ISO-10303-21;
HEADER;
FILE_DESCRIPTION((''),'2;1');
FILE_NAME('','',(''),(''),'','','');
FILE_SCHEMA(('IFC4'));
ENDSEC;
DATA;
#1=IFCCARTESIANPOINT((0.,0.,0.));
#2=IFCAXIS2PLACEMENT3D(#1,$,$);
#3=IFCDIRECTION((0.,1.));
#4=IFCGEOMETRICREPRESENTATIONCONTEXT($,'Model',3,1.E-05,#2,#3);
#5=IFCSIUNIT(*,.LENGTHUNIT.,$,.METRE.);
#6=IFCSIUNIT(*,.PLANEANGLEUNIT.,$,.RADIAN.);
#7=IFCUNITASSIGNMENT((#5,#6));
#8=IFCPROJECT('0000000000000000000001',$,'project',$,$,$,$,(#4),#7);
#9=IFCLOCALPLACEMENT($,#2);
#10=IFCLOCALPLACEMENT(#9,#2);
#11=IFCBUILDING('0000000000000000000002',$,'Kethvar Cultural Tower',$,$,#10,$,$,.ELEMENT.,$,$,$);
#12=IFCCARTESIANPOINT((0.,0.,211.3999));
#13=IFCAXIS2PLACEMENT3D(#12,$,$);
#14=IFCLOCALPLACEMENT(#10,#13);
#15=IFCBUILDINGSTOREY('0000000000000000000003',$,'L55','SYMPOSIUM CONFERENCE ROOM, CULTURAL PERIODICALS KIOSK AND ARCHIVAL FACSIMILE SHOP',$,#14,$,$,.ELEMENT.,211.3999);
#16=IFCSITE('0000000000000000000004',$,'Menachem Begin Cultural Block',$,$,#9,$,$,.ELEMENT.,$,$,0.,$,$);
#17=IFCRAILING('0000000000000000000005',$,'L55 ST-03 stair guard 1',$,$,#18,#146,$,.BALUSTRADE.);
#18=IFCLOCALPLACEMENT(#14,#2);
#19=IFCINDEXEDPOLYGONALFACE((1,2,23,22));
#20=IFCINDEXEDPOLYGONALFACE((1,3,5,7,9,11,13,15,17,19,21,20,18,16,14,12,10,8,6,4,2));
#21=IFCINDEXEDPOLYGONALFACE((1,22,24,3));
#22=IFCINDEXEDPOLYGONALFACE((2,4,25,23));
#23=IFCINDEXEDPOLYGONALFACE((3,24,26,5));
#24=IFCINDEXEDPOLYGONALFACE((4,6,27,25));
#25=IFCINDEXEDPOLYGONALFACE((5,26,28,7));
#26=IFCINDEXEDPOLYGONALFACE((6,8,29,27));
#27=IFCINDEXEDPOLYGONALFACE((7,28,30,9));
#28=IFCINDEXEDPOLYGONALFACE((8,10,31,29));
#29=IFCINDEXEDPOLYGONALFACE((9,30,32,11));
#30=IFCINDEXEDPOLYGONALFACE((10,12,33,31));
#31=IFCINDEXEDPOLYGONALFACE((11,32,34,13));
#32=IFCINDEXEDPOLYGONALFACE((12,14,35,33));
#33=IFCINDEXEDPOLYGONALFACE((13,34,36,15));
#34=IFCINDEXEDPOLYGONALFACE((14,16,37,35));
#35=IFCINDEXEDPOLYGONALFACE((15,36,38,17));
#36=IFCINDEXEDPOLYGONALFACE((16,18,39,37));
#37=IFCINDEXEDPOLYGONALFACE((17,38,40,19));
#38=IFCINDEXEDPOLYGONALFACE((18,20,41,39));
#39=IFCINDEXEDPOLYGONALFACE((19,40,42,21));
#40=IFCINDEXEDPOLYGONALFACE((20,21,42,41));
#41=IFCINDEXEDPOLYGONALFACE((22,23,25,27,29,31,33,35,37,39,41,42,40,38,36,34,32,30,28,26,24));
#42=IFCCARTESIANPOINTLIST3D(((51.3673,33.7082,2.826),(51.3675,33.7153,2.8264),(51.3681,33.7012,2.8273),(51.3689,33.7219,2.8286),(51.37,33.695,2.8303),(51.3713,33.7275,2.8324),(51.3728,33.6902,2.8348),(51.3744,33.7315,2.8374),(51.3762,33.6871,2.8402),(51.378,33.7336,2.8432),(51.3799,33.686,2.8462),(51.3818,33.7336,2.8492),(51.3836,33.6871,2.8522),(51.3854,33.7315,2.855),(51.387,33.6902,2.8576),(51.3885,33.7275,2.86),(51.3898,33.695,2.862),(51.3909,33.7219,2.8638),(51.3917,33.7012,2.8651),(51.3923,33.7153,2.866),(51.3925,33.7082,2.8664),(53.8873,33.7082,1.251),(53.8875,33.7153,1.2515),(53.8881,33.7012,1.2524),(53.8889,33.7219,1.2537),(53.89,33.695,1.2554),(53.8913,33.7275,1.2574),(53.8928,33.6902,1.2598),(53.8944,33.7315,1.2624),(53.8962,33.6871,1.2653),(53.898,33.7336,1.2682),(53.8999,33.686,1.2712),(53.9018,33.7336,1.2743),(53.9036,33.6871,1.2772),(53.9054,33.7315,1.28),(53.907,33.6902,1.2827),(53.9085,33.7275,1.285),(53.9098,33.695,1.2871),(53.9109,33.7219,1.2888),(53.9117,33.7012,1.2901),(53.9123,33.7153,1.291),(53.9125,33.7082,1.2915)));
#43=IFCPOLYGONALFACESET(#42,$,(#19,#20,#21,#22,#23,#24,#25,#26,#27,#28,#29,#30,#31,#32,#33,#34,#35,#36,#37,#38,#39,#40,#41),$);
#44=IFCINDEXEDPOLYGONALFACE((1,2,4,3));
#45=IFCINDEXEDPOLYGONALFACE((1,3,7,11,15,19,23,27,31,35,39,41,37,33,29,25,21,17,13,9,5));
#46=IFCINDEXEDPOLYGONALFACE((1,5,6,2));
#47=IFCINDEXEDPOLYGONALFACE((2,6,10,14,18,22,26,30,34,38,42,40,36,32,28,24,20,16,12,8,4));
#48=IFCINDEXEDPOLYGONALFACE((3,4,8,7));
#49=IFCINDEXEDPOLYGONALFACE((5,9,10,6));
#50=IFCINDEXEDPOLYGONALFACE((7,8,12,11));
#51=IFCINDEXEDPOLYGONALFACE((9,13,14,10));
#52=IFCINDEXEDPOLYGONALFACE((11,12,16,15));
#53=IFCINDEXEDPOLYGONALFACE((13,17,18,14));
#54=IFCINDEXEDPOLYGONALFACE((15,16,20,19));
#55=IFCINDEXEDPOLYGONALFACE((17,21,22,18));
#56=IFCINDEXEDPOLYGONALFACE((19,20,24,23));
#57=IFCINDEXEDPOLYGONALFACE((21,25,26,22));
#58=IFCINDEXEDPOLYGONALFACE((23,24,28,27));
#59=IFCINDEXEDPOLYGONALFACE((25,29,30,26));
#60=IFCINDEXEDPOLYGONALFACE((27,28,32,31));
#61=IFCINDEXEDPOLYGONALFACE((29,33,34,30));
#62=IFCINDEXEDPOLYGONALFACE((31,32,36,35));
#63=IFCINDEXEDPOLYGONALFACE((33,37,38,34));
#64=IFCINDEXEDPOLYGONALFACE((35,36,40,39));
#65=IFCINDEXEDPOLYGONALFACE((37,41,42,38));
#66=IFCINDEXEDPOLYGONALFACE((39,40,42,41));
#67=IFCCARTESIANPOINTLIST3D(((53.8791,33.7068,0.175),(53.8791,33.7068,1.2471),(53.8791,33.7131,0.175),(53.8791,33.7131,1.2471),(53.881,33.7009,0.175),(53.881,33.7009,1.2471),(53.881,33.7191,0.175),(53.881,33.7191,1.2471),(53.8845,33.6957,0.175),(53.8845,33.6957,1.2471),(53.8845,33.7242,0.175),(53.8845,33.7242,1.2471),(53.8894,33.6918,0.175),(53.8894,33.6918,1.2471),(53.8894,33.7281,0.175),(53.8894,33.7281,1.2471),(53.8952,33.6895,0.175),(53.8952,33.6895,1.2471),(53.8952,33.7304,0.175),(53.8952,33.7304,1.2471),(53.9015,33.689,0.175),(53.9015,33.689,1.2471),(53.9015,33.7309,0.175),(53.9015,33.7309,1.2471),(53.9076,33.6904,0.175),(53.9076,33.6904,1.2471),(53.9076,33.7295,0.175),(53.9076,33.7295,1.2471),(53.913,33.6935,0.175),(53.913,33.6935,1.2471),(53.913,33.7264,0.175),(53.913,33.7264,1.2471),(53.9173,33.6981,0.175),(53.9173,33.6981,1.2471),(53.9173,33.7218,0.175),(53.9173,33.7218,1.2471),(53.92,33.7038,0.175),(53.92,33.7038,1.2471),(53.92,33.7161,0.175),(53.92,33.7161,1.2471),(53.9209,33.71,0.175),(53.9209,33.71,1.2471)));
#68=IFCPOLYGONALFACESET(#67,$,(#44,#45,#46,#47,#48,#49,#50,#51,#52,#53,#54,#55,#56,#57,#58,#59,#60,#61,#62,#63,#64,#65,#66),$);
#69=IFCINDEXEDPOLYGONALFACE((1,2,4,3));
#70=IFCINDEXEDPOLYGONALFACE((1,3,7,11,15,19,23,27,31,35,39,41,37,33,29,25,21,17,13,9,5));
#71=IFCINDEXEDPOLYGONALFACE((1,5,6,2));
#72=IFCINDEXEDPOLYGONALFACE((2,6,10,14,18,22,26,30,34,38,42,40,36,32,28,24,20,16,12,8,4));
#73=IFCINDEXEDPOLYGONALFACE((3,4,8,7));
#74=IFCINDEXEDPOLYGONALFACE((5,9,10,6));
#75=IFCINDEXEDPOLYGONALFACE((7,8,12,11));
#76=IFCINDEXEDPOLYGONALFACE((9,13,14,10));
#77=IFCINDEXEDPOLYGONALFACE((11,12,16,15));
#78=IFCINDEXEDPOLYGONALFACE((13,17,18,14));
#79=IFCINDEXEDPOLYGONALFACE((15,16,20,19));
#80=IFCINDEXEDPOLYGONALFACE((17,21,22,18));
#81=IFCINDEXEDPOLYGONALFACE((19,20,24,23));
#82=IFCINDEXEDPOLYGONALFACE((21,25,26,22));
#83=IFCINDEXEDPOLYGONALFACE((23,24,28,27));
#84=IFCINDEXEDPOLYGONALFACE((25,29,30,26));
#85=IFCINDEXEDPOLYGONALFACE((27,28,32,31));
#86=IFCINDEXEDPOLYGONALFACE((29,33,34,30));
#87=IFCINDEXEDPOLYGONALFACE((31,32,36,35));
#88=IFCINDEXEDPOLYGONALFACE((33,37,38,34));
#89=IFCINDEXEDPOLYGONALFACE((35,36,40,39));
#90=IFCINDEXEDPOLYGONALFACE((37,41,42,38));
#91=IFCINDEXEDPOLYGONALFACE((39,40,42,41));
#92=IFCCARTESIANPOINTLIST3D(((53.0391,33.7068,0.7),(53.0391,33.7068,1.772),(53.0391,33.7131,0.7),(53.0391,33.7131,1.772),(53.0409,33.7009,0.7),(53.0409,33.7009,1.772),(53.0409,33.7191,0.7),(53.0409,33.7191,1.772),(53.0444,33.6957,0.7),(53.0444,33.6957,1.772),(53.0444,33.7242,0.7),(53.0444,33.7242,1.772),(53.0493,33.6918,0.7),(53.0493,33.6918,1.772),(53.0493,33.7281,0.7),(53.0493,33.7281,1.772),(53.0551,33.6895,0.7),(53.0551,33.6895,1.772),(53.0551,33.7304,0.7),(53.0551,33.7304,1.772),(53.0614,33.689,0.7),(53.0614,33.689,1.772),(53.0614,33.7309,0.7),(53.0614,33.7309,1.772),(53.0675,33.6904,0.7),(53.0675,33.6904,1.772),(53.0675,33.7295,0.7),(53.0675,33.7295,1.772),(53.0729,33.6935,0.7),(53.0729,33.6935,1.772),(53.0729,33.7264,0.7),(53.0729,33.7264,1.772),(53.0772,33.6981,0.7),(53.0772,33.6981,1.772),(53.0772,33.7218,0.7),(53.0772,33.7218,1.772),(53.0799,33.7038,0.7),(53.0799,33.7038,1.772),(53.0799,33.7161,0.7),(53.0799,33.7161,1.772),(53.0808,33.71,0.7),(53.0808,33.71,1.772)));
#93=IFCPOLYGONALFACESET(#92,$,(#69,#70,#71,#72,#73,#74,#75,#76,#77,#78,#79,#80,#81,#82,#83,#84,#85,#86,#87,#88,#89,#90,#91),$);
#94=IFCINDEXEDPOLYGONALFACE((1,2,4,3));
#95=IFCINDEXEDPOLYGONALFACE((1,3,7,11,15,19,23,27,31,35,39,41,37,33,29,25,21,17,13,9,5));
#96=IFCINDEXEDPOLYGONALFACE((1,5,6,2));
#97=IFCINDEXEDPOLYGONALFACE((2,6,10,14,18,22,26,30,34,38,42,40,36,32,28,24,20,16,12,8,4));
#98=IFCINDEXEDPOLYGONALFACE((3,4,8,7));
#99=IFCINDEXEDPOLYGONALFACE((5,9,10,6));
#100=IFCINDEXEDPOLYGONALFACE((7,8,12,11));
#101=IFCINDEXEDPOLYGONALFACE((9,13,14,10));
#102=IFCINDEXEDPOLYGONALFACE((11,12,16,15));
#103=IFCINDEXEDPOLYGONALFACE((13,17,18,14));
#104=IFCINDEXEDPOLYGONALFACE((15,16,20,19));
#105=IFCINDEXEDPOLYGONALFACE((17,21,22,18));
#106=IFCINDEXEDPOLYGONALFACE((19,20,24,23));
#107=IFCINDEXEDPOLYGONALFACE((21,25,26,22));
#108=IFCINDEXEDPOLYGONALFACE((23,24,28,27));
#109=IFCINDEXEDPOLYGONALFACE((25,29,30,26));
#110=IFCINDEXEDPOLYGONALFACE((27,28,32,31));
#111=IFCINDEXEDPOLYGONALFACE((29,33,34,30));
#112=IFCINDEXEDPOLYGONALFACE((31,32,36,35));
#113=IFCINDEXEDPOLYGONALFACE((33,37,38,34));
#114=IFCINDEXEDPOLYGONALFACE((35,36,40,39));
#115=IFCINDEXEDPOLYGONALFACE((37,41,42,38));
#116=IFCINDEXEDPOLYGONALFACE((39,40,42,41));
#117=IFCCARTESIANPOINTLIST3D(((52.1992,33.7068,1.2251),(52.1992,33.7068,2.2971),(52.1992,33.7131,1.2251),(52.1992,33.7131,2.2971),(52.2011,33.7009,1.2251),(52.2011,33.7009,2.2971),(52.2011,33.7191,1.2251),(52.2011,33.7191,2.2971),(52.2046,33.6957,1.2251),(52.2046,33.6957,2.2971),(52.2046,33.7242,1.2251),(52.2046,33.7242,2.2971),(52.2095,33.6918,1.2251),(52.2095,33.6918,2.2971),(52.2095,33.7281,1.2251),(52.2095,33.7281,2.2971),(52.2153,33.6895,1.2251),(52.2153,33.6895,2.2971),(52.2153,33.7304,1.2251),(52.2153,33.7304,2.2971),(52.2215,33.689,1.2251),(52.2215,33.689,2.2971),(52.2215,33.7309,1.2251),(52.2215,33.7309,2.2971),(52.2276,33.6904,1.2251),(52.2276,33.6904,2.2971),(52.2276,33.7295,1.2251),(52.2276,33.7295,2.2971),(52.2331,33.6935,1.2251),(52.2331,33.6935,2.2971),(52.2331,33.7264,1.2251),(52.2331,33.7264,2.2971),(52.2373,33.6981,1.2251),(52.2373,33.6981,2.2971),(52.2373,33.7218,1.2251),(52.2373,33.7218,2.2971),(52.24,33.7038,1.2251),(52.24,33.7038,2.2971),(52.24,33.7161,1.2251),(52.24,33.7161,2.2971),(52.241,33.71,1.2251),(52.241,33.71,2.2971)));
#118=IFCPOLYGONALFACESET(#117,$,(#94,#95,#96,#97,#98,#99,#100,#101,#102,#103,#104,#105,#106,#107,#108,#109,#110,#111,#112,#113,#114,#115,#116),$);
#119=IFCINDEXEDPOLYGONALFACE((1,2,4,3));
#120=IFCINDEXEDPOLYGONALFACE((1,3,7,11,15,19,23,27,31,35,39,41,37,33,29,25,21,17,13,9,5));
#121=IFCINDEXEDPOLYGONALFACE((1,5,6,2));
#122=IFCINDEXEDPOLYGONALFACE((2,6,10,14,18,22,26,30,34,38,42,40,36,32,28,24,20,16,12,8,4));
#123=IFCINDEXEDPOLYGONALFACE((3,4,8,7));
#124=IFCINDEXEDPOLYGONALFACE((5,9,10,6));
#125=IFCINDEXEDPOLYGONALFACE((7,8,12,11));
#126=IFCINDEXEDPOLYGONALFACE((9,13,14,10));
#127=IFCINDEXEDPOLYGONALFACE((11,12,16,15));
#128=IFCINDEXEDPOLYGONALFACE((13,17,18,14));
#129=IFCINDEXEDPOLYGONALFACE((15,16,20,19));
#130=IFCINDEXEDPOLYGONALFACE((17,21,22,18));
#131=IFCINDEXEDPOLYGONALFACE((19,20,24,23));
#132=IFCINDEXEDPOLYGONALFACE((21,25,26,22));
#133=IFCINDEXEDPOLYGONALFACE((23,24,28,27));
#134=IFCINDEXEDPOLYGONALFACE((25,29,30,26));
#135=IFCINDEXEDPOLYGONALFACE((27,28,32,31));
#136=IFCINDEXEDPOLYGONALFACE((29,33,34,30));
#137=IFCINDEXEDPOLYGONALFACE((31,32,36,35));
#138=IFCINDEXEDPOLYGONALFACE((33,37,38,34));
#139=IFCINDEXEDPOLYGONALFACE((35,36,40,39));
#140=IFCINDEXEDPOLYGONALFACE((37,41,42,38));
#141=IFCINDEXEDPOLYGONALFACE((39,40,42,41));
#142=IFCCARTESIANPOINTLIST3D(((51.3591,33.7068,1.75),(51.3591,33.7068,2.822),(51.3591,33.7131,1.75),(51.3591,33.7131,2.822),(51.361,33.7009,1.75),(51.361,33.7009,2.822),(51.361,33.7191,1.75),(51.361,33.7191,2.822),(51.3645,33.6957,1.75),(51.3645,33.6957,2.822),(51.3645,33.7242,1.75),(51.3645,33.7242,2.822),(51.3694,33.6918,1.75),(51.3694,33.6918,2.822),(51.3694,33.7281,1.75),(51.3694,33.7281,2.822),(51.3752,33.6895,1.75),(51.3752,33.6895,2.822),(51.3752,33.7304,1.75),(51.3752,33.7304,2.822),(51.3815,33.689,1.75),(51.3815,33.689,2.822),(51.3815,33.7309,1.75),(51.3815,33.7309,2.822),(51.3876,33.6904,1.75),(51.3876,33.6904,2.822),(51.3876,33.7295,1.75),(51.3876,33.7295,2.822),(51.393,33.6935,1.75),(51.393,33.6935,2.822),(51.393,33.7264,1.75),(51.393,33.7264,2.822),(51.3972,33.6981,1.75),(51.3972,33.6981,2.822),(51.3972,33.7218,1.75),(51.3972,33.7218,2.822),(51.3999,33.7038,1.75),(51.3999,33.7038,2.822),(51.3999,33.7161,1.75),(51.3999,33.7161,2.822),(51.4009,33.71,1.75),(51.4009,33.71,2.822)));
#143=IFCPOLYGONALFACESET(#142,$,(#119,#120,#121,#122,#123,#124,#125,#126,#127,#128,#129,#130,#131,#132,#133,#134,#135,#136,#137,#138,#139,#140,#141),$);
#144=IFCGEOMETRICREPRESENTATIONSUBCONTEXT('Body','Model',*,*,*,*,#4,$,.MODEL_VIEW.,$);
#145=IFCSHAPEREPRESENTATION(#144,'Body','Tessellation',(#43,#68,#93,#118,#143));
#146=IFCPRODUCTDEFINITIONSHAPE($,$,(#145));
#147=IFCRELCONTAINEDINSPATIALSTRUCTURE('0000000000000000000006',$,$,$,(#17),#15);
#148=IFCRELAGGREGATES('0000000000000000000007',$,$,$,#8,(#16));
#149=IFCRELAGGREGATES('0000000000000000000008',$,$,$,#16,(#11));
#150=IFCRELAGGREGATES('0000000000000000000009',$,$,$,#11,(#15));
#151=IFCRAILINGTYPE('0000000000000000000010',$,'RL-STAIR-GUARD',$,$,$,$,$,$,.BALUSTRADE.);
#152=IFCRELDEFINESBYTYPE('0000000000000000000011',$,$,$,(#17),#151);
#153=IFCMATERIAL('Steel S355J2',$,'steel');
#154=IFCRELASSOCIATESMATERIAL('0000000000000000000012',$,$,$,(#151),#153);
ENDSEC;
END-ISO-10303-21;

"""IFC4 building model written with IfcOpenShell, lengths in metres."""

from ifc_helpers import new_model, si_unit, direction, frame, origin, origin_2d, place, context, subcontext, project, spatial, circle, extrude, material, type_object, element, save


model = new_model("IFC4")

# Units and contexts
model_context = context("Model", 3, precision=1e-05, world=origin(), true_north=direction((0.0, 1.0)))
body_context = subcontext(model_context, "Body", "Model", "MODEL_VIEW")
ifc_project = project(units=[si_unit("LENGTHUNIT", "METRE"), si_unit("PLANEANGLEUNIT", "RADIAN")], contexts=[model_context])

# Site, building, storey
site_placement = place(None, origin())
site = spatial("IfcSite", under=ifc_project, at=site_placement, Name="Menachem Begin Cultural Block", CompositionType="ELEMENT", RefElevation=0.0)
building_placement = place(site_placement, origin())
building = spatial("IfcBuilding", under=site, at=building_placement, Name="Kethvar Cultural Tower", CompositionType="ELEMENT")
storey_placement = place(building_placement, frame((0.0, 0.0, 211.3999)))
storey = spatial("IfcBuildingStorey", under=building, at=storey_placement, Name="L55", Description="SYMPOSIUM CONFERENCE ROOM, CULTURAL PERIODICALS KIOSK AND ARCHIVAL FACSIMILE SHOP", CompositionType="ELEMENT", Elevation=211.3999)

# Shared definitions
ifc_material_1 = material(Name="Steel S355J2", Category="steel")

# Railing
railing_type_1 = type_object("IfcRailingType", Name="RL-STAIR-GUARD", PredefinedType="BALUSTRADE", material=ifc_material_1)
railing_1_placement = place(storey_placement, frame((53.8999, 33.71, 0.175)))
element("IfcRailing", 1, at=railing_1_placement, inside=storey, type_object=railing_type_1, Name="L55 ST-03 stair guard 1", PredefinedType="BALUSTRADE", context=body_context, shape_type="SweptSolid", body=[
    extrude(circle(Radius=0.0239, at=origin_2d()), frame((0.0, 0.0, 1.0962), z_axis=(-0.848008, 0.0, 0.529984), x_axis=(0.0, -1.0, 0.0)), (0.0, 0.0, 1.0), 2.9717),
    extrude(circle(Radius=0.021, at=origin_2d()), origin(), (0.0, 0.0, 1.0), 1.072),
    extrude(circle(Radius=0.021, at=origin_2d()), frame((-0.8401, 0.0, 0.5249)), (0.0, 0.0, 1.0), 1.072),
    extrude(circle(Radius=0.021, at=origin_2d()), frame((-1.6799, 0.0, 1.05)), (0.0, 0.0, 1.0), 1.072),
    extrude(circle(Radius=0.021, at=origin_2d()), frame((-2.52, 0.0, 1.575)), (0.0, 0.0, 1.0), 1.072),
])

save(model, "model.ifc")
